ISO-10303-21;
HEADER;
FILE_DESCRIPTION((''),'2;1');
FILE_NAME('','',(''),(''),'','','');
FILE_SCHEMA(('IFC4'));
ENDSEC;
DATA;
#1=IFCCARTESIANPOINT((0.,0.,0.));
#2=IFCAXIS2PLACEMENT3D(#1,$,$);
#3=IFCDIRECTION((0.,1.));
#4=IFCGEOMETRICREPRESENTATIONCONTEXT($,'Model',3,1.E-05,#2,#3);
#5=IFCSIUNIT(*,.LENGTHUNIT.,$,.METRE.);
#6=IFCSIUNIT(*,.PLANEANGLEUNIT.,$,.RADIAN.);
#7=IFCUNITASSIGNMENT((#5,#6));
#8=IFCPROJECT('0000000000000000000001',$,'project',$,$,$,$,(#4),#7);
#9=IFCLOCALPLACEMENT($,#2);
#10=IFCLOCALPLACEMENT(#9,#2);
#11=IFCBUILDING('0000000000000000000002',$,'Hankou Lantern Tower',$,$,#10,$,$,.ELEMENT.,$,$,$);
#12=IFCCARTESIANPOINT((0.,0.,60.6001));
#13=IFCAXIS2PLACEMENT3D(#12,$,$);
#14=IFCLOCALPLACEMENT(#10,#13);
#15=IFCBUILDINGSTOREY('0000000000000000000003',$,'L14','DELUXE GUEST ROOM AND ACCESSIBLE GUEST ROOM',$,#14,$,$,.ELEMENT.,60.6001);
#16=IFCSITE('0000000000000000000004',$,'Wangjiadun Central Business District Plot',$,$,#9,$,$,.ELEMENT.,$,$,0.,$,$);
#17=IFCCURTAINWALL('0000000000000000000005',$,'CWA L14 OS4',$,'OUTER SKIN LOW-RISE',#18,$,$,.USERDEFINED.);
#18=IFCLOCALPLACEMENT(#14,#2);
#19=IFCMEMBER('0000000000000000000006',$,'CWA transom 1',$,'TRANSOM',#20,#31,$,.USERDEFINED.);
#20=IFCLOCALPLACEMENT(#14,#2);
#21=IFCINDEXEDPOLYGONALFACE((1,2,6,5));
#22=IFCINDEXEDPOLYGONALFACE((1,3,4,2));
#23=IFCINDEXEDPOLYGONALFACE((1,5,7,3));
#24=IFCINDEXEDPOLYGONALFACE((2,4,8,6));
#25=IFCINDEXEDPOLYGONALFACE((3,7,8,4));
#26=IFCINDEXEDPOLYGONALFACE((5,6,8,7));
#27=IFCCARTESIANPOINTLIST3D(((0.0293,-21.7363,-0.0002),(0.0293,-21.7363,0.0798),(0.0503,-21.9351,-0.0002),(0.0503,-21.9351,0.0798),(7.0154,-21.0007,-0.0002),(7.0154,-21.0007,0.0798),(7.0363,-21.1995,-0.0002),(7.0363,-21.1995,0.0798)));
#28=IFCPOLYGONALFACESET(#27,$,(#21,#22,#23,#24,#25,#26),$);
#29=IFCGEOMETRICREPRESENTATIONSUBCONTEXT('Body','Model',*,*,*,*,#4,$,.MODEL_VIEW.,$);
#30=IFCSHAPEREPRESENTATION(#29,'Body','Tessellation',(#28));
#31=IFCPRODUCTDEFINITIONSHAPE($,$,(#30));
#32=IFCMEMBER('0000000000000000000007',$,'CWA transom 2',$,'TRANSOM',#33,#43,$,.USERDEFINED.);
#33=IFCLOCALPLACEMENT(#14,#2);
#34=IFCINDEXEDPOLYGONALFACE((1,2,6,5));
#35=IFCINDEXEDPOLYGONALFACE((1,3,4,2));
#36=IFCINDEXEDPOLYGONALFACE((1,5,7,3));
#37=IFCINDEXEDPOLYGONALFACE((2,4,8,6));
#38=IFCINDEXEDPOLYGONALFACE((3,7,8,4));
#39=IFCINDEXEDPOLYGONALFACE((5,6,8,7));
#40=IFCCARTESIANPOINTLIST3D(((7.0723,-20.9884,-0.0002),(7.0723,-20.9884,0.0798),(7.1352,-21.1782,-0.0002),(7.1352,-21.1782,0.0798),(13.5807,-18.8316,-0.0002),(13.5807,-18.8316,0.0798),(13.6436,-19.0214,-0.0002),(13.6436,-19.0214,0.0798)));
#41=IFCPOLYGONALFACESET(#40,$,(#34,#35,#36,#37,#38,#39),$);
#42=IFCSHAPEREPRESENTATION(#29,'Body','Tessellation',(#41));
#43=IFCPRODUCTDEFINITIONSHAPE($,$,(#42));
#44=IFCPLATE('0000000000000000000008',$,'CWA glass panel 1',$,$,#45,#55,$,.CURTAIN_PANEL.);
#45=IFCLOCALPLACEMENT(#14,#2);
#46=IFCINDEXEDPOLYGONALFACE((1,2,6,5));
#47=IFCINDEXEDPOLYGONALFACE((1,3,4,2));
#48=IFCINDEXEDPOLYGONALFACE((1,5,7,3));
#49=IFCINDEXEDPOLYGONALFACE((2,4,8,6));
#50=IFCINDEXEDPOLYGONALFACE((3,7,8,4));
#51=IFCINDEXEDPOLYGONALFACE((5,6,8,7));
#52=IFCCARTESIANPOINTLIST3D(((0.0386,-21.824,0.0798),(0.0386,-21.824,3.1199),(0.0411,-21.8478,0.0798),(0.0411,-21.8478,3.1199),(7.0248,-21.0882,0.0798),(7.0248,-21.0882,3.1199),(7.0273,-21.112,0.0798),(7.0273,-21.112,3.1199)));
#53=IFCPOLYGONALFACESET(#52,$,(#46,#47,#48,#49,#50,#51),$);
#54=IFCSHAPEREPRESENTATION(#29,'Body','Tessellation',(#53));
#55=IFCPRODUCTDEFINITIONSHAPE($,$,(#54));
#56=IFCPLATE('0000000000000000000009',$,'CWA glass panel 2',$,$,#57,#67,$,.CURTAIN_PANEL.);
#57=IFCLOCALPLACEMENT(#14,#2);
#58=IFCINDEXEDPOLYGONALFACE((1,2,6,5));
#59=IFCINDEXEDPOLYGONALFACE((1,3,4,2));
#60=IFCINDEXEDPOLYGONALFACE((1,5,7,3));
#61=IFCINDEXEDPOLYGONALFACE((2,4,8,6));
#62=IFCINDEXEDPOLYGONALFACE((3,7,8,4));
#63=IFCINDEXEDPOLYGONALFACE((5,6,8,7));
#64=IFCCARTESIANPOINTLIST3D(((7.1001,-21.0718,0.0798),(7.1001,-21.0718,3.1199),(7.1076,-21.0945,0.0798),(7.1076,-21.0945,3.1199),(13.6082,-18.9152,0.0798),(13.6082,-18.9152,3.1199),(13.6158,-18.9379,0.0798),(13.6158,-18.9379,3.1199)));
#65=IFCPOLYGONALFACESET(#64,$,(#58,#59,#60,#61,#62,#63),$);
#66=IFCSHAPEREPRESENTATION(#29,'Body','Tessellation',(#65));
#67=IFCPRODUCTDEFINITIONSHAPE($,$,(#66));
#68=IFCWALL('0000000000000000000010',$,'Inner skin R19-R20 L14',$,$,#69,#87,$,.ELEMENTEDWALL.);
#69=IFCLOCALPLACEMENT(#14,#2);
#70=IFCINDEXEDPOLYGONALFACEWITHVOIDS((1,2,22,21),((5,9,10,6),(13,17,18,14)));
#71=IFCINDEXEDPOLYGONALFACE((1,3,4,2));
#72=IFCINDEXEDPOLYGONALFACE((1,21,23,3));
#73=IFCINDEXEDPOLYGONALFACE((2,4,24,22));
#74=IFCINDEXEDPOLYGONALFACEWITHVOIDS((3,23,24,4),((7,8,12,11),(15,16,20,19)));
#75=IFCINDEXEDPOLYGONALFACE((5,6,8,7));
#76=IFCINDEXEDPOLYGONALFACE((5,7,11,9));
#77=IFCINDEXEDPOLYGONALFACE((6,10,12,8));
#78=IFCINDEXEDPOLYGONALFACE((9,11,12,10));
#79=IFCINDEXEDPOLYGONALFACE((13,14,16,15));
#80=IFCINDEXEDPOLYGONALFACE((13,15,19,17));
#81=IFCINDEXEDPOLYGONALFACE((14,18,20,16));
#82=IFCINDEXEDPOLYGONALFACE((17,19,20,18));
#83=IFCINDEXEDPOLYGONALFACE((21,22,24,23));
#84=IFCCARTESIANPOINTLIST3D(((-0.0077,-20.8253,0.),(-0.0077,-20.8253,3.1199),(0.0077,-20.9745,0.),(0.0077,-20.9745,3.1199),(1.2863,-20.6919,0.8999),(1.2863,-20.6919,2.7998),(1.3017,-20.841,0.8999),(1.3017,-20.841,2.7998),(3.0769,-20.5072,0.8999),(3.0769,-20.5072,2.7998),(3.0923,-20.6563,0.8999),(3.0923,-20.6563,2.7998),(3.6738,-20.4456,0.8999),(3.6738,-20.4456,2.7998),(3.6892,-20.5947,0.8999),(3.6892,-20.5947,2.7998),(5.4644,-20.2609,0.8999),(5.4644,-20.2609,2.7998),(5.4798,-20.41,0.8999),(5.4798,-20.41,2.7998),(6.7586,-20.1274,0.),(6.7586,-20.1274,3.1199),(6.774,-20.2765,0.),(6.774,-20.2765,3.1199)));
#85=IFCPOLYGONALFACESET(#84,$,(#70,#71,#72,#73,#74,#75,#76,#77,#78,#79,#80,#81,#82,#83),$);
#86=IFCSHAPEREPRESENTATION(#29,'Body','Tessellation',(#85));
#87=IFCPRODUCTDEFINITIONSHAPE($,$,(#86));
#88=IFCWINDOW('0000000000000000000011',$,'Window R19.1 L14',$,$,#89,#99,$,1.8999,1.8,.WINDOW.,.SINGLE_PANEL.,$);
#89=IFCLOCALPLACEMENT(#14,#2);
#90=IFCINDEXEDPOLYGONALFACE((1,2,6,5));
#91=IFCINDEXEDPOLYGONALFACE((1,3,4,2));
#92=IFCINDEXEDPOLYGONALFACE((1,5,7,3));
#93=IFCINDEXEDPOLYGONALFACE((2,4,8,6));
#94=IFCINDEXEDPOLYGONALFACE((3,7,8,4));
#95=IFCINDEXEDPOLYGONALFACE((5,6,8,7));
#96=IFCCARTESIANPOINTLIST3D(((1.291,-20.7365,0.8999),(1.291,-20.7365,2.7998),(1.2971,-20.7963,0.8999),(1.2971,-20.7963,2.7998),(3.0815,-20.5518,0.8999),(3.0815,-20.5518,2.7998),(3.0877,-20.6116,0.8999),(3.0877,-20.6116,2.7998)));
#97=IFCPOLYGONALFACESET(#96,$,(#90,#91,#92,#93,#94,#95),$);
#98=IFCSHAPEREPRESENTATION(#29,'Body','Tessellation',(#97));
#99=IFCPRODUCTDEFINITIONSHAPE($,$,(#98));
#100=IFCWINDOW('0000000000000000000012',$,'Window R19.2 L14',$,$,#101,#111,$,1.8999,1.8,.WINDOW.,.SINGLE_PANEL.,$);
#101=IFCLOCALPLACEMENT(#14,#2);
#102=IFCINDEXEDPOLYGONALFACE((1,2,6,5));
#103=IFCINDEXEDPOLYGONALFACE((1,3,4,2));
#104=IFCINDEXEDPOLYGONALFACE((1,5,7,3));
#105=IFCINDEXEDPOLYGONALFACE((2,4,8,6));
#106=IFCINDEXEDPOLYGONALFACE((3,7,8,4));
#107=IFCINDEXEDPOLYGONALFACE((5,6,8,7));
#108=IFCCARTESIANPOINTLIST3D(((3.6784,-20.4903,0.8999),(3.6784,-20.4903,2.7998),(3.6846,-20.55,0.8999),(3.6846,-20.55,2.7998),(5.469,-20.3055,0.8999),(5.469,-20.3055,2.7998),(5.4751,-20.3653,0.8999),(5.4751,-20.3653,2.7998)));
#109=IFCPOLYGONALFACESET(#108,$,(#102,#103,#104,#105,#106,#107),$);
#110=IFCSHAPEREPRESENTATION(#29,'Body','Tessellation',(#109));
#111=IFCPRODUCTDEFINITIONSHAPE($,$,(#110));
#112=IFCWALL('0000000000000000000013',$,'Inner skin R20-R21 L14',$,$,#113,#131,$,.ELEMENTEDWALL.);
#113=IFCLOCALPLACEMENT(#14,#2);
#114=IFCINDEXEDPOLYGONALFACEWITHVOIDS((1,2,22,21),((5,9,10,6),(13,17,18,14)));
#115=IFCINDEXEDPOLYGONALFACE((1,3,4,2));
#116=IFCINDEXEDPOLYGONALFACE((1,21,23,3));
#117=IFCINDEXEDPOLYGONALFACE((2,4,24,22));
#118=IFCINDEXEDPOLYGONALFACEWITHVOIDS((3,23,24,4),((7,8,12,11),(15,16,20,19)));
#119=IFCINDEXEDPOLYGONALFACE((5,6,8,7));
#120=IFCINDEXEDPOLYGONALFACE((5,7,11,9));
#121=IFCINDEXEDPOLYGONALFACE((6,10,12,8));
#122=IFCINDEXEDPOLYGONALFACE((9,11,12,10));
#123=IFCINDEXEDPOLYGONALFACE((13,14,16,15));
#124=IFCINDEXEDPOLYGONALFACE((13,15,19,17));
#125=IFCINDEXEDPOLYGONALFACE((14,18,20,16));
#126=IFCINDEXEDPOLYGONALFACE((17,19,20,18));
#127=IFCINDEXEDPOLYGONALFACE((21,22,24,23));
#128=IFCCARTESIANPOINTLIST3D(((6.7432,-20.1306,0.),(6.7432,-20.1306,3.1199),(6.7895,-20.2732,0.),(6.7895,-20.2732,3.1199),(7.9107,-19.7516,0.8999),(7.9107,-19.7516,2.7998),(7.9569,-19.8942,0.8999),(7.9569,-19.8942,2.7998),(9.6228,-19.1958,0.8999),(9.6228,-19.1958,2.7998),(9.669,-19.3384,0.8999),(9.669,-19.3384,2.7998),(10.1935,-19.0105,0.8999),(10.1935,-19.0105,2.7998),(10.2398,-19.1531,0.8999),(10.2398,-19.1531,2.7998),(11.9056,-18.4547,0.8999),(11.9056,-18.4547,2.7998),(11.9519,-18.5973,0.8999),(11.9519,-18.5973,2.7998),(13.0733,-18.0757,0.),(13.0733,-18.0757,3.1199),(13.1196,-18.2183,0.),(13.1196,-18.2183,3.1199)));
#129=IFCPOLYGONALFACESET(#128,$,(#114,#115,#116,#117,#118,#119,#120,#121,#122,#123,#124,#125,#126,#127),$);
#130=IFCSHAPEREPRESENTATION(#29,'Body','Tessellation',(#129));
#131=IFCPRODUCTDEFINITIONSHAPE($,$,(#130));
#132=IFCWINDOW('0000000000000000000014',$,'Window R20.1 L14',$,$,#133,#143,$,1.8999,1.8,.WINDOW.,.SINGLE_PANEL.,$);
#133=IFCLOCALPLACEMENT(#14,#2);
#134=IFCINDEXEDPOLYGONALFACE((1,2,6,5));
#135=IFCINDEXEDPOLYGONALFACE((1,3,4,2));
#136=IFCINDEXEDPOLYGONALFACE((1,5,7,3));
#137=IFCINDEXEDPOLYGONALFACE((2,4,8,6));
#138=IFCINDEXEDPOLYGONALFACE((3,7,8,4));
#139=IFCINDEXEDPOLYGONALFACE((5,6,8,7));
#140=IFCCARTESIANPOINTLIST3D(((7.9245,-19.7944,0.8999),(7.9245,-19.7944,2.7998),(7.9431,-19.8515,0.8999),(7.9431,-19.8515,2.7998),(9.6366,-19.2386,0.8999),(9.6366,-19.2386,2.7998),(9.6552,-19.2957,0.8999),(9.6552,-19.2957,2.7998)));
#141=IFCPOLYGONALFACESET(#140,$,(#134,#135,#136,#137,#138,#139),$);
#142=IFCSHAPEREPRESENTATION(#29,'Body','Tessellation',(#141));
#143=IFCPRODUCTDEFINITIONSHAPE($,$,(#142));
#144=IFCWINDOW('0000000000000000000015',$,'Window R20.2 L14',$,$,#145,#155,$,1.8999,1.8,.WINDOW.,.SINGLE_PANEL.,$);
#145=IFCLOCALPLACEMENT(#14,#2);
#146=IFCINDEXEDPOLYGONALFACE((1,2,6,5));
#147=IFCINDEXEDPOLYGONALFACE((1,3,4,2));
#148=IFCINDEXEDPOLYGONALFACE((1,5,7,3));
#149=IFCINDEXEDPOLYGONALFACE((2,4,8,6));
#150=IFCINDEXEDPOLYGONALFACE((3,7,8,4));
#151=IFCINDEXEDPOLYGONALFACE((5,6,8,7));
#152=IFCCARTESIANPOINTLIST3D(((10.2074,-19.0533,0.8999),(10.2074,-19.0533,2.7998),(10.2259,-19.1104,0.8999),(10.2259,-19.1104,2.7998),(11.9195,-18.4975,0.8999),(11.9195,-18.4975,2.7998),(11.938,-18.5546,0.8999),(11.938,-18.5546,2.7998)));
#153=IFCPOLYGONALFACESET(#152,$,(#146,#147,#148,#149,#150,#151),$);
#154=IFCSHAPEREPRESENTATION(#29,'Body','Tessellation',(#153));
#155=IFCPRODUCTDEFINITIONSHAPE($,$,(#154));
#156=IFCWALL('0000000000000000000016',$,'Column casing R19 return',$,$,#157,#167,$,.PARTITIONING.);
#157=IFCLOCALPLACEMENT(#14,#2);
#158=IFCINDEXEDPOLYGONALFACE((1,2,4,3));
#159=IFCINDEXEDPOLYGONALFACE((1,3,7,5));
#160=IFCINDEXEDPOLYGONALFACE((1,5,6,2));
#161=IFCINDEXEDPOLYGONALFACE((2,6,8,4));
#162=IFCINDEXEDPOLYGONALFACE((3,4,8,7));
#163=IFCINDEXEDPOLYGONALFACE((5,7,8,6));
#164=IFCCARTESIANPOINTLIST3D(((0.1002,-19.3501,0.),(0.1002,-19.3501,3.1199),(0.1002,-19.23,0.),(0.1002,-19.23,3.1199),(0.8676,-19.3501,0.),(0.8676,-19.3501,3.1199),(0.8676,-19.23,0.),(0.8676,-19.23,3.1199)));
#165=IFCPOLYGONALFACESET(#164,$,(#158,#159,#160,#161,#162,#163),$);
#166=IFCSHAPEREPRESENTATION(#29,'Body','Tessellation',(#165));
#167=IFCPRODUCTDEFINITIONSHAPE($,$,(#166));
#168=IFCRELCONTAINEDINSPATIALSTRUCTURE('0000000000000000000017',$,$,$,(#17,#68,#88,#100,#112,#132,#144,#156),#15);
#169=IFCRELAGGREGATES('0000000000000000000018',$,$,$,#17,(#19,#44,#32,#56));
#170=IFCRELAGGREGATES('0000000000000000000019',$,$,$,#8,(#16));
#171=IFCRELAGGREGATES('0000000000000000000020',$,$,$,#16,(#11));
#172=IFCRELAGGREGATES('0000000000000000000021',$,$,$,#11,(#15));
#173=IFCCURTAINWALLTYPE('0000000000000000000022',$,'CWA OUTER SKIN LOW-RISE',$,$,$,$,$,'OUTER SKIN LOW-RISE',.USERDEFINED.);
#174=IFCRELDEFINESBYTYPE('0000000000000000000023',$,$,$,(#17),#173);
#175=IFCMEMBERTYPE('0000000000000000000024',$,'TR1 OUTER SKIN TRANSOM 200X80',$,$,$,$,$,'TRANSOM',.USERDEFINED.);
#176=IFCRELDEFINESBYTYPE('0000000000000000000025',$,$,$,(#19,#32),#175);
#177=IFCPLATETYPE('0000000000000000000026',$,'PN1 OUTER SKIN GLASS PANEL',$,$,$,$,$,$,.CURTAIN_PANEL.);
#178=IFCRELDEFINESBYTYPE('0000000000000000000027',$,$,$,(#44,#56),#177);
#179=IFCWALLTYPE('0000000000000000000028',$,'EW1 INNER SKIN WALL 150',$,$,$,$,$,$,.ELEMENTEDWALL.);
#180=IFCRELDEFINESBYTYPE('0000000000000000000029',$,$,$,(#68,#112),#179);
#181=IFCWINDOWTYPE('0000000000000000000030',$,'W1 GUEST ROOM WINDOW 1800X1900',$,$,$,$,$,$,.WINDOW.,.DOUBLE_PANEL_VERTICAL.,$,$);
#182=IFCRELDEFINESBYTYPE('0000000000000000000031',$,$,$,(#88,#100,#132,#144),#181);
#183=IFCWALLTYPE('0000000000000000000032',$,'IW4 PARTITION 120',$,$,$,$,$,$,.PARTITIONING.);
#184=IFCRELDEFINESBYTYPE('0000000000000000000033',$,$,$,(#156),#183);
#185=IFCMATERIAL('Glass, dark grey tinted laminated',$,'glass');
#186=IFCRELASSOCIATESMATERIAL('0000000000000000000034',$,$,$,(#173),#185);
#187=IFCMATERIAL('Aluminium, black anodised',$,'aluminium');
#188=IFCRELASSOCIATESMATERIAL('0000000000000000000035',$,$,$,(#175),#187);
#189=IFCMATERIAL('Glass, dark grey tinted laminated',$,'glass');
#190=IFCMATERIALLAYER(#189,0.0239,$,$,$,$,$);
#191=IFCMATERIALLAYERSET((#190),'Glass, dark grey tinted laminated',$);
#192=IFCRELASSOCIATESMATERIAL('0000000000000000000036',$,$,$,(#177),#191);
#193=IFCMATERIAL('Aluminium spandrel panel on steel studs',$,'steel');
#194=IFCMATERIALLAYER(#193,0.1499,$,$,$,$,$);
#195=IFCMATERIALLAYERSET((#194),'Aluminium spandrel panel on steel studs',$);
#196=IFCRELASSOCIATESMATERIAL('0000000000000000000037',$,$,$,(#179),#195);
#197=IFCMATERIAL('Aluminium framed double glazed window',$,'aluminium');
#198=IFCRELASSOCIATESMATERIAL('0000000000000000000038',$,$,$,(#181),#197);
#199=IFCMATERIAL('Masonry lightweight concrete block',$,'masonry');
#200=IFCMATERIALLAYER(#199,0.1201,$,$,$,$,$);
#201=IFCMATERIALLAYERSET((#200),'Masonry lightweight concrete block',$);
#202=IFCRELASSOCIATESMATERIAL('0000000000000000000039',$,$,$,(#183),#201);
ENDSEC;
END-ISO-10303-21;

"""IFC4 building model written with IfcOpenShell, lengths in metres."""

from ifc_helpers import new_model, si_unit, direction, frame, frame_2d, origin, origin_2d, place, context, subcontext, project, spatial, rectangle, extrude, material, layer, layer_set, material_profile, profile_set, type_object, element, fill, aggregate, save


model = new_model("IFC4")

# Units and contexts
model_context = context("Model", 3, precision=1e-05, world=origin(), true_north=direction((0.0, 1.0)))
body_context = subcontext(model_context, "Body", "Model", "MODEL_VIEW")
ifc_project = project(units=[si_unit("LENGTHUNIT", "METRE"), si_unit("PLANEANGLEUNIT", "RADIAN")], contexts=[model_context])

# Site, building, storey
site_placement = place(None, origin())
site = spatial("IfcSite", under=ifc_project, at=site_placement, Name="Wangjiadun Central Business District Plot", CompositionType="ELEMENT", RefElevation=0.0)
building_placement = place(site_placement, origin())
building = spatial("IfcBuilding", under=site, at=building_placement, Name="Hankou Lantern Tower", CompositionType="ELEMENT")
storey_placement = place(building_placement, frame((0.0, 0.0, 60.6001)))
storey = spatial("IfcBuildingStorey", under=building, at=storey_placement, Name="L14", Description="DELUXE GUEST ROOM AND ACCESSIBLE GUEST ROOM", CompositionType="ELEMENT", Elevation=60.6001)

# Curtain wall
ifc_material_1 = material(Name="Glass, dark grey tinted laminated", Category="glass")
curtain_wall_type = type_object("IfcCurtainWallType", Name="CWA OUTER SKIN LOW-RISE", ElementType="OUTER SKIN LOW-RISE", PredefinedType="USERDEFINED", material=ifc_material_1)
curtain_wall_placement = place(storey_placement, origin())
curtain_wall = element("IfcCurtainWall", 1, at=curtain_wall_placement, inside=storey, type_object=curtain_wall_type, Name="CWA L14 OS4", ObjectType="OUTER SKIN LOW-RISE", PredefinedType="USERDEFINED")

# Members
ifc_material_2 = material(Name="Aluminium, black anodised", Category="aluminium")
ifc_material_profile_1 = material_profile(ifc_material_2, rectangle(XDim=0.2, YDim=0.0801, at=origin_2d()), Name="TR1 200X80")
ifc_profile_set_1 = profile_set([ifc_material_profile_1], Name="Aluminium, black anodised")
member_type_1 = type_object("IfcMemberType", Name="TR1 OUTER SKIN TRANSOM 200X80", ElementType="TRANSOM", PredefinedType="USERDEFINED", material=ifc_profile_set_1)
member_1_placement = place(storey_placement, frame((0.0398, -21.8357, 0.0398), z_axis=(0.994502, 0.104716, 0.0), x_axis=(-0.104716, 0.994502, 0.0)))
member_1 = element("IfcMember", 2, at=member_1_placement, type_object=member_type_1, Name="CWA transom 1", ObjectType="TRANSOM", PredefinedType="USERDEFINED", context=body_context, shape_type="SweptSolid", body=[
    extrude(rectangle(XDim=0.2, YDim=0.0801, at=origin_2d()), origin(), (0.0, 0.0, 1.0), 7.0247),
])
member_2_placement = place(storey_placement, frame((7.1038, -21.0833, 0.0398), z_axis=(0.949237, 0.314561, 0.0), x_axis=(-0.314561, 0.949237, 0.0)))
member_2 = element("IfcMember", 3, at=member_2_placement, type_object=member_type_1, Name="CWA transom 2", ObjectType="TRANSOM", PredefinedType="USERDEFINED", context=body_context, shape_type="SweptSolid", body=[
    extrude(rectangle(XDim=0.2, YDim=0.0801, at=origin_2d()), origin(), (0.0, 0.0, 1.0), 6.8564),
])

# Plates
ifc_material_3 = material(Name="Glass, dark grey tinted laminated", Category="glass")
ifc_layer_1 = layer(ifc_material_3, 0.0239)
ifc_layer_set_1 = layer_set([ifc_layer_1], Name="Glass, dark grey tinted laminated")
plate_type = type_object("IfcPlateType", Name="PN1 OUTER SKIN GLASS PANEL", PredefinedType="CURTAIN_PANEL", material=ifc_layer_set_1)
plate_1_placement = place(storey_placement, frame((3.533, -21.468, 0.0798), z_axis=(0.0, 0.0, 1.0), x_axis=(0.994499, 0.104743, 0.0)))
plate_1 = element("IfcPlate", 4, at=plate_1_placement, type_object=plate_type, Name="CWA glass panel 1", PredefinedType="CURTAIN_PANEL", context=body_context, shape_type="SweptSolid", body=[
    extrude(rectangle(XDim=7.0249, YDim=0.0239, at=origin_2d()), origin(), (0.0, 0.0, 1.0), 3.04),
])
plate_2_placement = place(storey_placement, frame((10.3579, -20.0049, 0.0798), z_axis=(0.0, 0.0, 1.0), x_axis=(0.949241, 0.314551, 0.0)))
plate_2 = element("IfcPlate", 5, at=plate_2_placement, type_object=plate_type, Name="CWA glass panel 2", PredefinedType="CURTAIN_PANEL", context=body_context, shape_type="SweptSolid", body=[
    extrude(rectangle(XDim=6.8562, YDim=0.0239, at=origin_2d()), origin(), (0.0, 0.0, 1.0), 3.04),
])
aggregate(curtain_wall, [member_1, plate_1, member_2, plate_2])

# Walls, openings, windows
ifc_material_4 = material(Name="Aluminium spandrel panel on steel studs", Category="steel")
ifc_layer_2 = layer(ifc_material_4, 0.1499)
ifc_layer_set_2 = layer_set([ifc_layer_2], Name="Aluminium spandrel panel on steel studs")
wall_type_1 = type_object("IfcWallType", Name="EW1 INNER SKIN WALL 150", PredefinedType="ELEMENTEDWALL", material=ifc_layer_set_2)
wall_1_placement = place(storey_placement, frame((0.0, -20.8999, 0.0), z_axis=(0.0, 0.0, 1.0), x_axis=(0.994721, 0.102613, 0.0)))
wall_1 = element("IfcWall", 6, at=wall_1_placement, inside=storey, type_object=wall_type_1, Name="Inner skin R19-R20 L14", PredefinedType="ELEMENTEDWALL", context=body_context, shape_type="SweptSolid", body=[
    extrude(rectangle(XDim=6.8022, YDim=0.1499, at=frame_2d((3.4011, 0.0))), origin(), (0.0, 0.0, 1.0), 3.1199),
])
opening_1_placement = place(wall_1_placement, frame((1.301, 0.0, 0.8999)))
opening_1 = element("IfcOpeningElement", 7, at=opening_1_placement, cuts=wall_1, PredefinedType="OPENING", context=body_context, shape_type="SweptSolid", body=[
    extrude(rectangle(XDim=1.8, YDim=1.8999, at=frame_2d((0.8999, 0.95))), frame((0.0, 0.085, 0.0), z_axis=(0.0, -1.0, 0.0), x_axis=(1.0, 0.0, 0.0)), (0.0, 0.0, 1.0), 0.1699),
])
opening_2_placement = place(wall_1_placement, frame((3.7012, 0.0, 0.8999)))
opening_2 = element("IfcOpeningElement", 8, at=opening_2_placement, cuts=wall_1, PredefinedType="OPENING", context=body_context, shape_type="SweptSolid", body=[
    extrude(rectangle(XDim=1.8, YDim=1.8999, at=frame_2d((0.8999, 0.95))), frame((0.0, 0.085, 0.0), z_axis=(0.0, -1.0, 0.0), x_axis=(1.0, 0.0, 0.0)), (0.0, 0.0, 1.0), 0.1699),
])
ifc_material_5 = material(Name="Aluminium framed double glazed window", Category="aluminium")
window_type = type_object("IfcWindowType", Name="W1 GUEST ROOM WINDOW 1800X1900", PartitioningType="DOUBLE_PANEL_VERTICAL", PredefinedType="WINDOW", material=ifc_material_5)
window_1_placement = place(opening_1_placement, origin())
window_1 = element("IfcWindow", 9, at=window_1_placement, inside=storey, type_object=window_type, Name="Window R19.1 L14", OverallHeight=1.8999, OverallWidth=1.8, PartitioningType="SINGLE_PANEL", PredefinedType="WINDOW", context=body_context, shape_type="SweptSolid", body=[
    extrude(rectangle(XDim=1.8, YDim=1.8999, at=frame_2d((0.8999, 0.95))), frame((0.0, 0.03, 0.0), z_axis=(0.0, -1.0, 0.0), x_axis=(1.0, 0.0, 0.0)), (0.0, 0.0, 1.0), 0.0601),
])
fill(opening_1, window_1)
window_2_placement = place(opening_2_placement, origin())
window_2 = element("IfcWindow", 10, at=window_2_placement, inside=storey, type_object=window_type, Name="Window R19.2 L14", OverallHeight=1.8999, OverallWidth=1.8, PartitioningType="SINGLE_PANEL", PredefinedType="WINDOW", context=body_context, shape_type="SweptSolid", body=[
    extrude(rectangle(XDim=1.8, YDim=1.8999, at=frame_2d((0.8999, 0.95))), frame((0.0, 0.03, 0.0), z_axis=(0.0, -1.0, 0.0), x_axis=(1.0, 0.0, 0.0)), (0.0, 0.0, 1.0), 0.0601),
])
fill(opening_2, window_2)
wall_2_placement = place(storey_placement, frame((6.7664, -20.2019, 0.0), z_axis=(0.0, 0.0, 1.0), x_axis=(0.951138, 0.308768, 0.0)))
wall_2 = element("IfcWall", 11, at=wall_2_placement, inside=storey, type_object=wall_type_1, Name="Inner skin R20-R21 L14", PredefinedType="ELEMENTEDWALL", context=body_context, shape_type="SweptSolid", body=[
    extrude(rectangle(XDim=6.6553, YDim=0.1499, at=frame_2d((3.3276, 0.0))), origin(), (0.0, 0.0, 1.0), 3.1199),
])
opening_3_placement = place(wall_2_placement, frame((1.2275, 0.0, 0.8999)))
opening_3 = element("IfcOpeningElement", 12, at=opening_3_placement, cuts=wall_2, PredefinedType="OPENING", context=body_context, shape_type="SweptSolid", body=[
    extrude(rectangle(XDim=1.8, YDim=1.8999, at=frame_2d((0.8999, 0.95))), frame((0.0, 0.085, 0.0), z_axis=(0.0, -1.0, 0.0), x_axis=(1.0, 0.0, 0.0)), (0.0, 0.0, 1.0), 0.1699),
])
opening_4_placement = place(wall_2_placement, frame((3.6277, 0.0, 0.8999)))
opening_4 = element("IfcOpeningElement", 13, at=opening_4_placement, cuts=wall_2, PredefinedType="OPENING", context=body_context, shape_type="SweptSolid", body=[
    extrude(rectangle(XDim=1.8, YDim=1.8999, at=frame_2d((0.8999, 0.95))), frame((0.0, 0.085, 0.0), z_axis=(0.0, -1.0, 0.0), x_axis=(1.0, 0.0, 0.0)), (0.0, 0.0, 1.0), 0.1699),
])
window_3_placement = place(opening_3_placement, origin())
window_3 = element("IfcWindow", 14, at=window_3_placement, inside=storey, type_object=window_type, Name="Window R20.1 L14", OverallHeight=1.8999, OverallWidth=1.8, PartitioningType="SINGLE_PANEL", PredefinedType="WINDOW", context=body_context, shape_type="SweptSolid", body=[
    extrude(rectangle(XDim=1.8, YDim=1.8999, at=frame_2d((0.8999, 0.95))), frame((0.0, 0.03, 0.0), z_axis=(0.0, -1.0, 0.0), x_axis=(1.0, 0.0, 0.0)), (0.0, 0.0, 1.0), 0.0601),
])
fill(opening_3, window_3)
window_4_placement = place(opening_4_placement, origin())
window_4 = element("IfcWindow", 15, at=window_4_placement, inside=storey, type_object=window_type, Name="Window R20.2 L14", OverallHeight=1.8999, OverallWidth=1.8, PartitioningType="SINGLE_PANEL", PredefinedType="WINDOW", context=body_context, shape_type="SweptSolid", body=[
    extrude(rectangle(XDim=1.8, YDim=1.8999, at=frame_2d((0.8999, 0.95))), frame((0.0, 0.03, 0.0), z_axis=(0.0, -1.0, 0.0), x_axis=(1.0, 0.0, 0.0)), (0.0, 0.0, 1.0), 0.0601),
])
fill(opening_4, window_4)

# Wall
ifc_material_6 = material(Name="Masonry lightweight concrete block", Category="masonry")
ifc_layer_3 = layer(ifc_material_6, 0.1201)
ifc_layer_set_3 = layer_set([ifc_layer_3], Name="Masonry lightweight concrete block")
wall_type_2 = type_object("IfcWallType", Name="IW4 PARTITION 120", PredefinedType="PARTITIONING", material=ifc_layer_set_3)
wall_3_placement = place(storey_placement, frame((0.1001, -19.29, 0.0), z_axis=(0.0, 0.0, 1.0), x_axis=(1.0, 0.0, 0.0)))
element("IfcWall", 16, at=wall_3_placement, inside=storey, type_object=wall_type_2, Name="Column casing R19 return", PredefinedType="PARTITIONING", context=body_context, shape_type="SweptSolid", body=[
    extrude(rectangle(XDim=0.7673, YDim=0.1201, at=frame_2d((0.3838, 0.0))), origin(), (0.0, 0.0, 1.0), 3.1199),
])

save(model, "model.ifc")
